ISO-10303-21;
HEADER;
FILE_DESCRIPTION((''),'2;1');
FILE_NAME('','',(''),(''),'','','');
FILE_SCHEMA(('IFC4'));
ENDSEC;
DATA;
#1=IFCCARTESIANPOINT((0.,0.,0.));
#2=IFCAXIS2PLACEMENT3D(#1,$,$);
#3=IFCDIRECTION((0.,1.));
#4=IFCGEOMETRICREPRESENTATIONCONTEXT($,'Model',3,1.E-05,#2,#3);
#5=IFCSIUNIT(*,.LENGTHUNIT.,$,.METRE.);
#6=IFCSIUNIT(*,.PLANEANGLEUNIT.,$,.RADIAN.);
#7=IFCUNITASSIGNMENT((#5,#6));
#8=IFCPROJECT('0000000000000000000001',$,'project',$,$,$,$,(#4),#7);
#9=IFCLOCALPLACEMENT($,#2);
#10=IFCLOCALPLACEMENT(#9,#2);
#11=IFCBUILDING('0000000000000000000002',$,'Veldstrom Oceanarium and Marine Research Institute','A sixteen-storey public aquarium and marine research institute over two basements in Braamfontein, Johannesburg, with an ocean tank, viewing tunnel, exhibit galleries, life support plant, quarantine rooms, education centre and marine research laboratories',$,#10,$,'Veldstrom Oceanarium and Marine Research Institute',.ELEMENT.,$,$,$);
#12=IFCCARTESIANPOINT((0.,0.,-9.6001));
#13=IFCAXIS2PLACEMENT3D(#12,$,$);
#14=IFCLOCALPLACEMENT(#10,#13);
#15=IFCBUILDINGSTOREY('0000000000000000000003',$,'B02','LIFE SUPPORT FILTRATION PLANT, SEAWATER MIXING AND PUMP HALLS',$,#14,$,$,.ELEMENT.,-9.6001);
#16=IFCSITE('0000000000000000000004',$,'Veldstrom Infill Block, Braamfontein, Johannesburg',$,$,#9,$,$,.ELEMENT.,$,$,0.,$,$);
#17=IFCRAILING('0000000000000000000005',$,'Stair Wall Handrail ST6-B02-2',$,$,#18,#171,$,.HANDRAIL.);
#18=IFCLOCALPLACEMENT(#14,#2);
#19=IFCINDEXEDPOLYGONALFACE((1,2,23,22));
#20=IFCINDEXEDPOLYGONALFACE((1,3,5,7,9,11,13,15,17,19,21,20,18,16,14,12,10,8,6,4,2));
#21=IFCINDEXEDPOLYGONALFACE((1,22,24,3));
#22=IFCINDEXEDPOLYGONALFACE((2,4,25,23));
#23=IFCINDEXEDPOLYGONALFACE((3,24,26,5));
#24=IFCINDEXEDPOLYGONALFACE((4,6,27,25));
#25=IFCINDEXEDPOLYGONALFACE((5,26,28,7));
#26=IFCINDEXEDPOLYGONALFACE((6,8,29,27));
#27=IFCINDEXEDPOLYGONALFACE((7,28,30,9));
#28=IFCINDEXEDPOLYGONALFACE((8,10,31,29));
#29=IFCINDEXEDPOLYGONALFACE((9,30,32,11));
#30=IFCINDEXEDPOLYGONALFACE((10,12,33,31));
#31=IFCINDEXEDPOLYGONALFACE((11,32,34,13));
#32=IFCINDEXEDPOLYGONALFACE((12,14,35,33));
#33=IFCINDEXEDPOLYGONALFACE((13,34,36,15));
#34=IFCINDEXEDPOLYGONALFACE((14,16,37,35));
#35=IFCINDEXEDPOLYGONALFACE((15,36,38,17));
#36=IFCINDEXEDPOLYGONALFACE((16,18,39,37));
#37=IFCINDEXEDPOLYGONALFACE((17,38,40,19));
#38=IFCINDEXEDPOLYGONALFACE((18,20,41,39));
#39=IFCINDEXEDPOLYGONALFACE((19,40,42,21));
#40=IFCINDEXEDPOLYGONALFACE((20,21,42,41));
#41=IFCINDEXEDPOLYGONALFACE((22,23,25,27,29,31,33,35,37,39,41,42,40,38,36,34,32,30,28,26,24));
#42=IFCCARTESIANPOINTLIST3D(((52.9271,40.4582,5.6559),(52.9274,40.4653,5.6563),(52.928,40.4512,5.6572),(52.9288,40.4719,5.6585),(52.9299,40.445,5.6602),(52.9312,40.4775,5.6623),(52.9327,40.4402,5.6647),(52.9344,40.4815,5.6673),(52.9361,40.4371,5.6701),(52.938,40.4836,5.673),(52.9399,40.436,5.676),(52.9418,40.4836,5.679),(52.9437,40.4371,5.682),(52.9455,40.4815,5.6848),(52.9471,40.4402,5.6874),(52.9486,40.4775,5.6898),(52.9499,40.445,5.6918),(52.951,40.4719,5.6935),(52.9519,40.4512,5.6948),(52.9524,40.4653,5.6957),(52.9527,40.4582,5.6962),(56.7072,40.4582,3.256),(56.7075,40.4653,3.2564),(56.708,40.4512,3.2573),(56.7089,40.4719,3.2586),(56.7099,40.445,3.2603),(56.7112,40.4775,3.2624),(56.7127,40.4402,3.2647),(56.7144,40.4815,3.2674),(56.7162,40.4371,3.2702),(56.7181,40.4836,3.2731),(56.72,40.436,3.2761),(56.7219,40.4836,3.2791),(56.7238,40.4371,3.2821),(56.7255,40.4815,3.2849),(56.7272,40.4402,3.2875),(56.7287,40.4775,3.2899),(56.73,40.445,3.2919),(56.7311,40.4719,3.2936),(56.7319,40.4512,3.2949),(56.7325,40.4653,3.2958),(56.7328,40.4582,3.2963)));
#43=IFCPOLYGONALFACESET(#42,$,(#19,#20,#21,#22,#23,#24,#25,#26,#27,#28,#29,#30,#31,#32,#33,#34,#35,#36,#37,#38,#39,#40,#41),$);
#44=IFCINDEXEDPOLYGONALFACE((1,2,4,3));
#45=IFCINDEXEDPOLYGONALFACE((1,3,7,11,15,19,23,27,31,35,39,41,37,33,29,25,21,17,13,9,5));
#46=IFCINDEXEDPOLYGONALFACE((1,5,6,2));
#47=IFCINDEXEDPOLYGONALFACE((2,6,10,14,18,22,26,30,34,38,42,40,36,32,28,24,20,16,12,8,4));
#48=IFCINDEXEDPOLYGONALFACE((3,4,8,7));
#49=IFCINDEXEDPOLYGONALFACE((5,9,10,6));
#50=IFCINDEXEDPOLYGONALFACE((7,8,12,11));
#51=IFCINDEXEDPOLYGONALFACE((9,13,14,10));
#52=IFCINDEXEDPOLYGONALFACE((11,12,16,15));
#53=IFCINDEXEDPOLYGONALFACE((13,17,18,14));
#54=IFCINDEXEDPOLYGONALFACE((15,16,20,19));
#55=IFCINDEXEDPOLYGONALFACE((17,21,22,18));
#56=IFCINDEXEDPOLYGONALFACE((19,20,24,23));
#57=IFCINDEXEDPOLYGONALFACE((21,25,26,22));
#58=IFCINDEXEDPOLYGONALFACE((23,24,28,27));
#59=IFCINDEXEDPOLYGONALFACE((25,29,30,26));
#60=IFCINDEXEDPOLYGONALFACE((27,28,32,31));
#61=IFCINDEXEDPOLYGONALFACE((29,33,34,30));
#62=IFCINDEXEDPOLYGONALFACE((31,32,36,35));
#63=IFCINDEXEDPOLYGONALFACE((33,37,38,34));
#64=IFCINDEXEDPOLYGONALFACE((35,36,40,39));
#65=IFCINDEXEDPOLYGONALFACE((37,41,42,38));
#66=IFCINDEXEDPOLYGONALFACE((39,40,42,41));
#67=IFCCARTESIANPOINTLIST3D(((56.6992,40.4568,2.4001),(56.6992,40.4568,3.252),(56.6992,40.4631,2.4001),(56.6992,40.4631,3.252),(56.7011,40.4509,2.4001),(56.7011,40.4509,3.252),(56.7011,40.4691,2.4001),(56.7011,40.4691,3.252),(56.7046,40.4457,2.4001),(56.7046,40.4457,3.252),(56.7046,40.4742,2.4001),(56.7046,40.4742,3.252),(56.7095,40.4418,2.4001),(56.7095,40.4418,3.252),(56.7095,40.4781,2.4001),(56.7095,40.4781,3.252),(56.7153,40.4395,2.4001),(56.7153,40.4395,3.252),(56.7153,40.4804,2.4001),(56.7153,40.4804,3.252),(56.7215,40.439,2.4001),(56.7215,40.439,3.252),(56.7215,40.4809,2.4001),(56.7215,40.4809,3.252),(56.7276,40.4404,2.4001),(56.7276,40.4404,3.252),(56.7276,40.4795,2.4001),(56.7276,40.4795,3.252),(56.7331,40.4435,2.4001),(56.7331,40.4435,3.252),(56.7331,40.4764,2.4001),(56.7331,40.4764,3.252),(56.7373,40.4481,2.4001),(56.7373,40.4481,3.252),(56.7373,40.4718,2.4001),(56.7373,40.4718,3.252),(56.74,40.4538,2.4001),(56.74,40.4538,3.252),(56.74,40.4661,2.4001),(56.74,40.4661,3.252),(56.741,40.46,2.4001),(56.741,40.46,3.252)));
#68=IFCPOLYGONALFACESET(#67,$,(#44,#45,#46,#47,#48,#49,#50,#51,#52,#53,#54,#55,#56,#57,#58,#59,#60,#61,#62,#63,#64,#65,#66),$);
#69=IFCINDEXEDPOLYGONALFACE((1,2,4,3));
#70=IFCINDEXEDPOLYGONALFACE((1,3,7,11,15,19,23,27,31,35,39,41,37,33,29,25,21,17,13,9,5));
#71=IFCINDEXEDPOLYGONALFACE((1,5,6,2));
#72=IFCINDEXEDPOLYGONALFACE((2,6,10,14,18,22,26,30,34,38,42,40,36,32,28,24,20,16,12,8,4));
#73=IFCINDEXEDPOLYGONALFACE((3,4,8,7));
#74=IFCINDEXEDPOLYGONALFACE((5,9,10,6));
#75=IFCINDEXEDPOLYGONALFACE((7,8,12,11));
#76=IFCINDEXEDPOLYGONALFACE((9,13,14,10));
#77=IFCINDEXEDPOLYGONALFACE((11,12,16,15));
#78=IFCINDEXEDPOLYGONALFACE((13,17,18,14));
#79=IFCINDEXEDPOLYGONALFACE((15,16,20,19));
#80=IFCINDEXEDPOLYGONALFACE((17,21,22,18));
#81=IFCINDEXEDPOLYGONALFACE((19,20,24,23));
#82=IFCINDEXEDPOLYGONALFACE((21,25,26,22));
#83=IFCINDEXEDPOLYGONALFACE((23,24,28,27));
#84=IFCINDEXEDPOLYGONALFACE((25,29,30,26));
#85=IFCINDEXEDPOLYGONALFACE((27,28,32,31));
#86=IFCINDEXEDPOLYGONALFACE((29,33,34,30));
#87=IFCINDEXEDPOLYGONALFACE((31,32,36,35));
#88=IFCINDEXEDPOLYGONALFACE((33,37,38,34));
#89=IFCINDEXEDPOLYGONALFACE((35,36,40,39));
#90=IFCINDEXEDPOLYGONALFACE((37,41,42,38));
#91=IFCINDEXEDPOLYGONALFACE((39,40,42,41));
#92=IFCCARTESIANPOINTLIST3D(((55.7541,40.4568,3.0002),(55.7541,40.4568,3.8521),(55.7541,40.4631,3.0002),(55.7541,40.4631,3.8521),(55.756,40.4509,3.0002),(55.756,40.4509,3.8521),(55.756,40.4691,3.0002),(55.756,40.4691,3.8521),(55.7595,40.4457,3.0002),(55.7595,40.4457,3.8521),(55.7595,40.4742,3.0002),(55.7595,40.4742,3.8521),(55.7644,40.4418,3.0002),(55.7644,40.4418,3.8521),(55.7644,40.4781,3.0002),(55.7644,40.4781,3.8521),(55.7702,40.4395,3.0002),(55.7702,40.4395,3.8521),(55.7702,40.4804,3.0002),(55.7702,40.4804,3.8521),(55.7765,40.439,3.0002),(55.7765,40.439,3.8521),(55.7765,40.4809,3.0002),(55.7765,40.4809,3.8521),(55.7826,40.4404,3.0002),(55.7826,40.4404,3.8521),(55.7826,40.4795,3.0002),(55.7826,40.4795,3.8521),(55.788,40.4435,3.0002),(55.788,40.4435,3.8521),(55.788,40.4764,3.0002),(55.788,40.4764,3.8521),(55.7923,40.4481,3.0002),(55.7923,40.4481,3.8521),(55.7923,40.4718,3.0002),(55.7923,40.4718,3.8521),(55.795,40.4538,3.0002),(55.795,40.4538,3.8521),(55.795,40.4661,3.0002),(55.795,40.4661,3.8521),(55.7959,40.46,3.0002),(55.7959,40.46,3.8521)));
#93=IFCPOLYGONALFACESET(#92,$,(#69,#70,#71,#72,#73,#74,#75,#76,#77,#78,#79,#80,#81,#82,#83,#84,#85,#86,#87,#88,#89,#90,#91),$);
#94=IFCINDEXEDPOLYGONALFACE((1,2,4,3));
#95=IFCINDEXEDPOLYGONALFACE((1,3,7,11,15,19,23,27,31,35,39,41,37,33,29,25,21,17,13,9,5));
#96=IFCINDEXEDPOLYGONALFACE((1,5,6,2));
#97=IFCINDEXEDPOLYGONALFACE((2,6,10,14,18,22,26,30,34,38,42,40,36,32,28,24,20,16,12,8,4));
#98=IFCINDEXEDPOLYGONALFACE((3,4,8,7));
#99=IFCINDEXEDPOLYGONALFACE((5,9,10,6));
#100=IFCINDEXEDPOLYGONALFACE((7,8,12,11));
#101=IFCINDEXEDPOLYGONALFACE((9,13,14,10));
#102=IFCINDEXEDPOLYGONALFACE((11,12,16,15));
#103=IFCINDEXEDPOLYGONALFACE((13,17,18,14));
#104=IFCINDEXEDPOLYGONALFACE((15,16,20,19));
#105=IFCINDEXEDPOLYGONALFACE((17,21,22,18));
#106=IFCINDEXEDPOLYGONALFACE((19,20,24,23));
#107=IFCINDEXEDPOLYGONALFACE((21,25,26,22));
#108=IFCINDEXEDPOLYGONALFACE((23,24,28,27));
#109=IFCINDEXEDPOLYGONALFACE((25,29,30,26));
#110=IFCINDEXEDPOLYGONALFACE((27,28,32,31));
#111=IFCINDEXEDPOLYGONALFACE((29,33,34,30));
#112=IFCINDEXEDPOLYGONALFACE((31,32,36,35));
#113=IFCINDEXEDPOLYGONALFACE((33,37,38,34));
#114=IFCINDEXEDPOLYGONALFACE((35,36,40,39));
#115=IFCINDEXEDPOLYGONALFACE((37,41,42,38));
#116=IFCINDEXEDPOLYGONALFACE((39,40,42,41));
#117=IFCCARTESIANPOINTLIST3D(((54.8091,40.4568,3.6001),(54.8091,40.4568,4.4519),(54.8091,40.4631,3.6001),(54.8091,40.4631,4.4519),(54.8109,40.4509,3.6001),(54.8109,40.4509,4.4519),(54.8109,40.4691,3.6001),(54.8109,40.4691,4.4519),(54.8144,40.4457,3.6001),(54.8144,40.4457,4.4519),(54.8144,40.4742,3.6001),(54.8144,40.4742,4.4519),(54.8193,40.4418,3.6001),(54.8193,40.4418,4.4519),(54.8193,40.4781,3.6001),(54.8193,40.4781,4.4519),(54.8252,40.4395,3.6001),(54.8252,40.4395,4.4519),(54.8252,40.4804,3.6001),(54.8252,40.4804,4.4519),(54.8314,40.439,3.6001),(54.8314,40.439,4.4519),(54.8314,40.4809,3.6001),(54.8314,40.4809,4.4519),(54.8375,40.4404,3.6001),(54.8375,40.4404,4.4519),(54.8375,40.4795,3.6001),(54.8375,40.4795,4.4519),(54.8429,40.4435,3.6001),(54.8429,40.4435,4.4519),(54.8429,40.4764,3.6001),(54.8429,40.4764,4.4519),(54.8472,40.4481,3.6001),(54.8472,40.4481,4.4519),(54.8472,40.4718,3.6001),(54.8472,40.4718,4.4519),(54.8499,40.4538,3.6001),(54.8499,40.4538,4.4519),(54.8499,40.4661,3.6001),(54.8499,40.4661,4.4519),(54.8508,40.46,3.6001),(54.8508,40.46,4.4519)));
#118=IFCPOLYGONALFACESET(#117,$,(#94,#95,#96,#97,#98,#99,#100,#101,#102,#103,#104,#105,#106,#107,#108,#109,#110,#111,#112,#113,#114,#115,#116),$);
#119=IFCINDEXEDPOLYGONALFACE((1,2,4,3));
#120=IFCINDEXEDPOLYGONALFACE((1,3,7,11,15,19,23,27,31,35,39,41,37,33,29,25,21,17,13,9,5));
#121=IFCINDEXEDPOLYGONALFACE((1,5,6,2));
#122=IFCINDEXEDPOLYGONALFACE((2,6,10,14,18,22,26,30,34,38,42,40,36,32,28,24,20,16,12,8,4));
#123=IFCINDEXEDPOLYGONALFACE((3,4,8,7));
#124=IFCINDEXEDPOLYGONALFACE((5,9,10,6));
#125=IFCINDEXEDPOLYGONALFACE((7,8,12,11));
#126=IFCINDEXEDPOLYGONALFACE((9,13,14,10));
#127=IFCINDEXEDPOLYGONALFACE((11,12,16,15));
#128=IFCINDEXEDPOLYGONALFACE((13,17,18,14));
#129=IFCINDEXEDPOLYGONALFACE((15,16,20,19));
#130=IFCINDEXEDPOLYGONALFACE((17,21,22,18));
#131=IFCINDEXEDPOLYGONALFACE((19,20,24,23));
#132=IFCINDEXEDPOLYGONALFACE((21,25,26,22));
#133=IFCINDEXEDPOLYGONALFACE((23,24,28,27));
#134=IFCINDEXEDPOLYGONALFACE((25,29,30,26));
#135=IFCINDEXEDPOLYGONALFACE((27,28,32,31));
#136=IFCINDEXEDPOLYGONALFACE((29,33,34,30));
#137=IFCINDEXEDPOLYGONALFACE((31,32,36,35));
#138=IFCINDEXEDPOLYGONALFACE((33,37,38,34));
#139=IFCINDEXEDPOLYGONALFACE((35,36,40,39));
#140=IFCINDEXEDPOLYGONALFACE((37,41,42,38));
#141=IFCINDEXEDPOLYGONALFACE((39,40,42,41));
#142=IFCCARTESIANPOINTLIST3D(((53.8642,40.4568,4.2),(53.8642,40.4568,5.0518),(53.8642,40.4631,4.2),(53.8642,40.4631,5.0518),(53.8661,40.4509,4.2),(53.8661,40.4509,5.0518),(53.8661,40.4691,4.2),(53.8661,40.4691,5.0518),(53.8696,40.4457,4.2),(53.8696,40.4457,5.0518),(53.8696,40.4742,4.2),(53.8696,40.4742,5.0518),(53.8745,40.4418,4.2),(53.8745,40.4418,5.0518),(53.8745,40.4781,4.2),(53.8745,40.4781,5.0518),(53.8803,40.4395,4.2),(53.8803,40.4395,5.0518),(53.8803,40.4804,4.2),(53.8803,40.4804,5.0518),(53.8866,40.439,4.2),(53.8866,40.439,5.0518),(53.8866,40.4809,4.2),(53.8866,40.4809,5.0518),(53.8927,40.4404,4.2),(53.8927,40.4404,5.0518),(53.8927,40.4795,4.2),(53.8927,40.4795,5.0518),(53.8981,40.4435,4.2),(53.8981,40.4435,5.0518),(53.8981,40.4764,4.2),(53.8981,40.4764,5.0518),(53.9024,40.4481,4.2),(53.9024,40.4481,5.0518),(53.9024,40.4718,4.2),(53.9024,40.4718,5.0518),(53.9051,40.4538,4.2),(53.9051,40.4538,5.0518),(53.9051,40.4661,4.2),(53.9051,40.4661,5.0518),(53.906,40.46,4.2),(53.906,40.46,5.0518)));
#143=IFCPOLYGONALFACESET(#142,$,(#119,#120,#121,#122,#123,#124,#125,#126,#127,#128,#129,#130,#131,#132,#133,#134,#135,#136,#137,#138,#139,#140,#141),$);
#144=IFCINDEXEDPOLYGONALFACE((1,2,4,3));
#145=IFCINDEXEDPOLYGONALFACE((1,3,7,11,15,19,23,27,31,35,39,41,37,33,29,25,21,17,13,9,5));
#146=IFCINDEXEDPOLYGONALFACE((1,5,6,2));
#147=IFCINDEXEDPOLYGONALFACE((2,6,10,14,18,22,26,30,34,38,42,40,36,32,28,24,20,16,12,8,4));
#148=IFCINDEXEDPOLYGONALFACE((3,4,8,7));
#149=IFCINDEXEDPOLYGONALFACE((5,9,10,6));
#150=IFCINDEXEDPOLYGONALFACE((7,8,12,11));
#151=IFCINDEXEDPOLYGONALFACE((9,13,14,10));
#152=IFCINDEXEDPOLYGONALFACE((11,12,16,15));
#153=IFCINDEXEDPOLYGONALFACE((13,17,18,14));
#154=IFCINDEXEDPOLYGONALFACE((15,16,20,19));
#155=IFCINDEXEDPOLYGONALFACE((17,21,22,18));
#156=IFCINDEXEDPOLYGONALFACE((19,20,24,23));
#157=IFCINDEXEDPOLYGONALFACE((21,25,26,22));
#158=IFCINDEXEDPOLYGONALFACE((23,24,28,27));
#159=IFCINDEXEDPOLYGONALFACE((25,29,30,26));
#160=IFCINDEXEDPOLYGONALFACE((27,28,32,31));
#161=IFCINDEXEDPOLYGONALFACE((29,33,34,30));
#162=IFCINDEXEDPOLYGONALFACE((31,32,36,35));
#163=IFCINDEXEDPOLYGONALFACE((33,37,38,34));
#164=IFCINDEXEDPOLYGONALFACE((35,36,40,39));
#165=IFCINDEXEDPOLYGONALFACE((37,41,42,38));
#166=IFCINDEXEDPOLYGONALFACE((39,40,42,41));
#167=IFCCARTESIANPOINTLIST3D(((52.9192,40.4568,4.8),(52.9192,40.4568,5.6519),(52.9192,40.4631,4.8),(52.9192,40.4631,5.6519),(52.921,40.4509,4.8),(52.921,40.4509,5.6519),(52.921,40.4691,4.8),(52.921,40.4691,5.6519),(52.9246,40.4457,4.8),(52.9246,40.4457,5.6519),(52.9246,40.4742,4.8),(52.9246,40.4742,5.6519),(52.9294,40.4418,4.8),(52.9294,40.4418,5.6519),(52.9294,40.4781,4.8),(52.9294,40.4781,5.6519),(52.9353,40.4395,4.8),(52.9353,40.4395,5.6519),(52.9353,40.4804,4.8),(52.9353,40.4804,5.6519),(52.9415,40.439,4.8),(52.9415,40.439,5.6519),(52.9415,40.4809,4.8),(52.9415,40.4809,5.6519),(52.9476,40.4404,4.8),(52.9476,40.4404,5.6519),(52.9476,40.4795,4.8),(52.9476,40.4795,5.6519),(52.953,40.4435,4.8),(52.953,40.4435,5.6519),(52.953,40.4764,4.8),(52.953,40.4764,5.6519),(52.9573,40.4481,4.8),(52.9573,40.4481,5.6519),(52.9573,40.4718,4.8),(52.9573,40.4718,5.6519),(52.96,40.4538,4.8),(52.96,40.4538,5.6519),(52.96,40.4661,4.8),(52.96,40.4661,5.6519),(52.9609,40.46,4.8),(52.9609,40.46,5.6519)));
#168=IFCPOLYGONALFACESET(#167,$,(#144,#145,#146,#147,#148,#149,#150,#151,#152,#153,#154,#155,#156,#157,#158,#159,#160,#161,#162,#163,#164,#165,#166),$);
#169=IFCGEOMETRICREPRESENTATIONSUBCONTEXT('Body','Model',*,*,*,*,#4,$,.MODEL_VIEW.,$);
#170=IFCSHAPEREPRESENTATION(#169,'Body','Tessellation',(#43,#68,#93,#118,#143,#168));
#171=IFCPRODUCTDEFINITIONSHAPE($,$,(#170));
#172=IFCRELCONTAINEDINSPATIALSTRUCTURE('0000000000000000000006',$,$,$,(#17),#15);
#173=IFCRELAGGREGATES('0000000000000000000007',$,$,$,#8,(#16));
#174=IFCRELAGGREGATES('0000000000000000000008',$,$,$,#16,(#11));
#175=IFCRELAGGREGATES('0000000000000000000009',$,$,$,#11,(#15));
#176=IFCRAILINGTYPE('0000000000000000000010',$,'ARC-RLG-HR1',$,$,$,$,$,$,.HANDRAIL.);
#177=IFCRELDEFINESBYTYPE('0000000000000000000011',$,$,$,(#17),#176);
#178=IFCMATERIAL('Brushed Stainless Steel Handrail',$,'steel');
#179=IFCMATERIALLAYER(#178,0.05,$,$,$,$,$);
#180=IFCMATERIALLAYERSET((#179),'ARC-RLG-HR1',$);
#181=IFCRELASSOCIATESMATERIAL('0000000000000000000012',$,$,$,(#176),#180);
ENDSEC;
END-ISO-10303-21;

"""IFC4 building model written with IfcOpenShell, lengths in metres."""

from ifc_helpers import new_model, si_unit, direction, frame, origin, origin_2d, place, context, subcontext, project, spatial, circle, extrude, material, layer, layer_set, type_object, element, save


model = new_model("IFC4")

# Units and contexts
model_context = context("Model", 3, precision=1e-05, world=origin(), true_north=direction((0.0, 1.0)))
body_context = subcontext(model_context, "Body", "Model", "MODEL_VIEW")
ifc_project = project(units=[si_unit("LENGTHUNIT", "METRE"), si_unit("PLANEANGLEUNIT", "RADIAN")], contexts=[model_context])

# Site, building, storey
site_placement = place(None, origin())
site = spatial("IfcSite", under=ifc_project, at=site_placement, Name="Veldstrom Infill Block, Braamfontein, Johannesburg", CompositionType="ELEMENT", RefElevation=0.0)
building_placement = place(site_placement, origin())
building = spatial("IfcBuilding", under=site, at=building_placement, Name="Veldstrom Oceanarium and Marine Research Institute", Description="A sixteen-storey public aquarium and marine research institute over two basements in Braamfontein, Johannesburg, with an ocean tank, viewing tunnel, exhibit galleries, life support plant, quarantine rooms, education centre and marine research laboratories", LongName="Veldstrom Oceanarium and Marine Research Institute", CompositionType="ELEMENT")
storey_placement = place(building_placement, frame((0.0, 0.0, -9.6001)))
storey = spatial("IfcBuildingStorey", under=building, at=storey_placement, Name="B02", Description="LIFE SUPPORT FILTRATION PLANT, SEAWATER MIXING AND PUMP HALLS", CompositionType="ELEMENT", Elevation=-9.6001)

# Railing
ifc_material_1 = material(Name="Brushed Stainless Steel Handrail", Category="steel")
ifc_layer_1 = layer(ifc_material_1, 0.05)
ifc_layer_set_1 = layer_set([ifc_layer_1], Name="ARC-RLG-HR1")
railing_type_1 = type_object("IfcRailingType", Name="ARC-RLG-HR1", PredefinedType="HANDRAIL", material=ifc_layer_set_1)
railing_1_placement = place(storey_placement, frame((56.72, 40.46, 2.4001)))
element("IfcRailing", 1, at=railing_1_placement, inside=storey, type_object=railing_type_1, Name="Stair Wall Handrail ST6-B02-2", PredefinedType="HANDRAIL", context=body_context, shape_type="SweptSolid", body=[
    extrude(circle(Radius=0.0239, at=origin_2d()), frame((0.0, 0.0, 0.876), z_axis=(-0.844225, 0.0, 0.53599), x_axis=(0.0, -1.0, 0.0)), (0.0, 0.0, 1.0), 4.4775),
    extrude(circle(Radius=0.021, at=origin_2d()), origin(), (0.0, 0.0, 1.0), 0.8518),
    extrude(circle(Radius=0.021, at=origin_2d()), frame((-0.9451, 0.0, 0.6001)), (0.0, 0.0, 1.0), 0.8518),
    extrude(circle(Radius=0.021, at=origin_2d()), frame((-1.8901, 0.0, 1.2)), (0.0, 0.0, 1.0), 0.8518),
    extrude(circle(Radius=0.021, at=origin_2d()), frame((-2.835, 0.0, 1.7998)), (0.0, 0.0, 1.0), 0.8518),
    extrude(circle(Radius=0.021, at=origin_2d()), frame((-3.78, 0.0, 2.3999)), (0.0, 0.0, 1.0), 0.8518),
])

save(model, "model.ifc")
